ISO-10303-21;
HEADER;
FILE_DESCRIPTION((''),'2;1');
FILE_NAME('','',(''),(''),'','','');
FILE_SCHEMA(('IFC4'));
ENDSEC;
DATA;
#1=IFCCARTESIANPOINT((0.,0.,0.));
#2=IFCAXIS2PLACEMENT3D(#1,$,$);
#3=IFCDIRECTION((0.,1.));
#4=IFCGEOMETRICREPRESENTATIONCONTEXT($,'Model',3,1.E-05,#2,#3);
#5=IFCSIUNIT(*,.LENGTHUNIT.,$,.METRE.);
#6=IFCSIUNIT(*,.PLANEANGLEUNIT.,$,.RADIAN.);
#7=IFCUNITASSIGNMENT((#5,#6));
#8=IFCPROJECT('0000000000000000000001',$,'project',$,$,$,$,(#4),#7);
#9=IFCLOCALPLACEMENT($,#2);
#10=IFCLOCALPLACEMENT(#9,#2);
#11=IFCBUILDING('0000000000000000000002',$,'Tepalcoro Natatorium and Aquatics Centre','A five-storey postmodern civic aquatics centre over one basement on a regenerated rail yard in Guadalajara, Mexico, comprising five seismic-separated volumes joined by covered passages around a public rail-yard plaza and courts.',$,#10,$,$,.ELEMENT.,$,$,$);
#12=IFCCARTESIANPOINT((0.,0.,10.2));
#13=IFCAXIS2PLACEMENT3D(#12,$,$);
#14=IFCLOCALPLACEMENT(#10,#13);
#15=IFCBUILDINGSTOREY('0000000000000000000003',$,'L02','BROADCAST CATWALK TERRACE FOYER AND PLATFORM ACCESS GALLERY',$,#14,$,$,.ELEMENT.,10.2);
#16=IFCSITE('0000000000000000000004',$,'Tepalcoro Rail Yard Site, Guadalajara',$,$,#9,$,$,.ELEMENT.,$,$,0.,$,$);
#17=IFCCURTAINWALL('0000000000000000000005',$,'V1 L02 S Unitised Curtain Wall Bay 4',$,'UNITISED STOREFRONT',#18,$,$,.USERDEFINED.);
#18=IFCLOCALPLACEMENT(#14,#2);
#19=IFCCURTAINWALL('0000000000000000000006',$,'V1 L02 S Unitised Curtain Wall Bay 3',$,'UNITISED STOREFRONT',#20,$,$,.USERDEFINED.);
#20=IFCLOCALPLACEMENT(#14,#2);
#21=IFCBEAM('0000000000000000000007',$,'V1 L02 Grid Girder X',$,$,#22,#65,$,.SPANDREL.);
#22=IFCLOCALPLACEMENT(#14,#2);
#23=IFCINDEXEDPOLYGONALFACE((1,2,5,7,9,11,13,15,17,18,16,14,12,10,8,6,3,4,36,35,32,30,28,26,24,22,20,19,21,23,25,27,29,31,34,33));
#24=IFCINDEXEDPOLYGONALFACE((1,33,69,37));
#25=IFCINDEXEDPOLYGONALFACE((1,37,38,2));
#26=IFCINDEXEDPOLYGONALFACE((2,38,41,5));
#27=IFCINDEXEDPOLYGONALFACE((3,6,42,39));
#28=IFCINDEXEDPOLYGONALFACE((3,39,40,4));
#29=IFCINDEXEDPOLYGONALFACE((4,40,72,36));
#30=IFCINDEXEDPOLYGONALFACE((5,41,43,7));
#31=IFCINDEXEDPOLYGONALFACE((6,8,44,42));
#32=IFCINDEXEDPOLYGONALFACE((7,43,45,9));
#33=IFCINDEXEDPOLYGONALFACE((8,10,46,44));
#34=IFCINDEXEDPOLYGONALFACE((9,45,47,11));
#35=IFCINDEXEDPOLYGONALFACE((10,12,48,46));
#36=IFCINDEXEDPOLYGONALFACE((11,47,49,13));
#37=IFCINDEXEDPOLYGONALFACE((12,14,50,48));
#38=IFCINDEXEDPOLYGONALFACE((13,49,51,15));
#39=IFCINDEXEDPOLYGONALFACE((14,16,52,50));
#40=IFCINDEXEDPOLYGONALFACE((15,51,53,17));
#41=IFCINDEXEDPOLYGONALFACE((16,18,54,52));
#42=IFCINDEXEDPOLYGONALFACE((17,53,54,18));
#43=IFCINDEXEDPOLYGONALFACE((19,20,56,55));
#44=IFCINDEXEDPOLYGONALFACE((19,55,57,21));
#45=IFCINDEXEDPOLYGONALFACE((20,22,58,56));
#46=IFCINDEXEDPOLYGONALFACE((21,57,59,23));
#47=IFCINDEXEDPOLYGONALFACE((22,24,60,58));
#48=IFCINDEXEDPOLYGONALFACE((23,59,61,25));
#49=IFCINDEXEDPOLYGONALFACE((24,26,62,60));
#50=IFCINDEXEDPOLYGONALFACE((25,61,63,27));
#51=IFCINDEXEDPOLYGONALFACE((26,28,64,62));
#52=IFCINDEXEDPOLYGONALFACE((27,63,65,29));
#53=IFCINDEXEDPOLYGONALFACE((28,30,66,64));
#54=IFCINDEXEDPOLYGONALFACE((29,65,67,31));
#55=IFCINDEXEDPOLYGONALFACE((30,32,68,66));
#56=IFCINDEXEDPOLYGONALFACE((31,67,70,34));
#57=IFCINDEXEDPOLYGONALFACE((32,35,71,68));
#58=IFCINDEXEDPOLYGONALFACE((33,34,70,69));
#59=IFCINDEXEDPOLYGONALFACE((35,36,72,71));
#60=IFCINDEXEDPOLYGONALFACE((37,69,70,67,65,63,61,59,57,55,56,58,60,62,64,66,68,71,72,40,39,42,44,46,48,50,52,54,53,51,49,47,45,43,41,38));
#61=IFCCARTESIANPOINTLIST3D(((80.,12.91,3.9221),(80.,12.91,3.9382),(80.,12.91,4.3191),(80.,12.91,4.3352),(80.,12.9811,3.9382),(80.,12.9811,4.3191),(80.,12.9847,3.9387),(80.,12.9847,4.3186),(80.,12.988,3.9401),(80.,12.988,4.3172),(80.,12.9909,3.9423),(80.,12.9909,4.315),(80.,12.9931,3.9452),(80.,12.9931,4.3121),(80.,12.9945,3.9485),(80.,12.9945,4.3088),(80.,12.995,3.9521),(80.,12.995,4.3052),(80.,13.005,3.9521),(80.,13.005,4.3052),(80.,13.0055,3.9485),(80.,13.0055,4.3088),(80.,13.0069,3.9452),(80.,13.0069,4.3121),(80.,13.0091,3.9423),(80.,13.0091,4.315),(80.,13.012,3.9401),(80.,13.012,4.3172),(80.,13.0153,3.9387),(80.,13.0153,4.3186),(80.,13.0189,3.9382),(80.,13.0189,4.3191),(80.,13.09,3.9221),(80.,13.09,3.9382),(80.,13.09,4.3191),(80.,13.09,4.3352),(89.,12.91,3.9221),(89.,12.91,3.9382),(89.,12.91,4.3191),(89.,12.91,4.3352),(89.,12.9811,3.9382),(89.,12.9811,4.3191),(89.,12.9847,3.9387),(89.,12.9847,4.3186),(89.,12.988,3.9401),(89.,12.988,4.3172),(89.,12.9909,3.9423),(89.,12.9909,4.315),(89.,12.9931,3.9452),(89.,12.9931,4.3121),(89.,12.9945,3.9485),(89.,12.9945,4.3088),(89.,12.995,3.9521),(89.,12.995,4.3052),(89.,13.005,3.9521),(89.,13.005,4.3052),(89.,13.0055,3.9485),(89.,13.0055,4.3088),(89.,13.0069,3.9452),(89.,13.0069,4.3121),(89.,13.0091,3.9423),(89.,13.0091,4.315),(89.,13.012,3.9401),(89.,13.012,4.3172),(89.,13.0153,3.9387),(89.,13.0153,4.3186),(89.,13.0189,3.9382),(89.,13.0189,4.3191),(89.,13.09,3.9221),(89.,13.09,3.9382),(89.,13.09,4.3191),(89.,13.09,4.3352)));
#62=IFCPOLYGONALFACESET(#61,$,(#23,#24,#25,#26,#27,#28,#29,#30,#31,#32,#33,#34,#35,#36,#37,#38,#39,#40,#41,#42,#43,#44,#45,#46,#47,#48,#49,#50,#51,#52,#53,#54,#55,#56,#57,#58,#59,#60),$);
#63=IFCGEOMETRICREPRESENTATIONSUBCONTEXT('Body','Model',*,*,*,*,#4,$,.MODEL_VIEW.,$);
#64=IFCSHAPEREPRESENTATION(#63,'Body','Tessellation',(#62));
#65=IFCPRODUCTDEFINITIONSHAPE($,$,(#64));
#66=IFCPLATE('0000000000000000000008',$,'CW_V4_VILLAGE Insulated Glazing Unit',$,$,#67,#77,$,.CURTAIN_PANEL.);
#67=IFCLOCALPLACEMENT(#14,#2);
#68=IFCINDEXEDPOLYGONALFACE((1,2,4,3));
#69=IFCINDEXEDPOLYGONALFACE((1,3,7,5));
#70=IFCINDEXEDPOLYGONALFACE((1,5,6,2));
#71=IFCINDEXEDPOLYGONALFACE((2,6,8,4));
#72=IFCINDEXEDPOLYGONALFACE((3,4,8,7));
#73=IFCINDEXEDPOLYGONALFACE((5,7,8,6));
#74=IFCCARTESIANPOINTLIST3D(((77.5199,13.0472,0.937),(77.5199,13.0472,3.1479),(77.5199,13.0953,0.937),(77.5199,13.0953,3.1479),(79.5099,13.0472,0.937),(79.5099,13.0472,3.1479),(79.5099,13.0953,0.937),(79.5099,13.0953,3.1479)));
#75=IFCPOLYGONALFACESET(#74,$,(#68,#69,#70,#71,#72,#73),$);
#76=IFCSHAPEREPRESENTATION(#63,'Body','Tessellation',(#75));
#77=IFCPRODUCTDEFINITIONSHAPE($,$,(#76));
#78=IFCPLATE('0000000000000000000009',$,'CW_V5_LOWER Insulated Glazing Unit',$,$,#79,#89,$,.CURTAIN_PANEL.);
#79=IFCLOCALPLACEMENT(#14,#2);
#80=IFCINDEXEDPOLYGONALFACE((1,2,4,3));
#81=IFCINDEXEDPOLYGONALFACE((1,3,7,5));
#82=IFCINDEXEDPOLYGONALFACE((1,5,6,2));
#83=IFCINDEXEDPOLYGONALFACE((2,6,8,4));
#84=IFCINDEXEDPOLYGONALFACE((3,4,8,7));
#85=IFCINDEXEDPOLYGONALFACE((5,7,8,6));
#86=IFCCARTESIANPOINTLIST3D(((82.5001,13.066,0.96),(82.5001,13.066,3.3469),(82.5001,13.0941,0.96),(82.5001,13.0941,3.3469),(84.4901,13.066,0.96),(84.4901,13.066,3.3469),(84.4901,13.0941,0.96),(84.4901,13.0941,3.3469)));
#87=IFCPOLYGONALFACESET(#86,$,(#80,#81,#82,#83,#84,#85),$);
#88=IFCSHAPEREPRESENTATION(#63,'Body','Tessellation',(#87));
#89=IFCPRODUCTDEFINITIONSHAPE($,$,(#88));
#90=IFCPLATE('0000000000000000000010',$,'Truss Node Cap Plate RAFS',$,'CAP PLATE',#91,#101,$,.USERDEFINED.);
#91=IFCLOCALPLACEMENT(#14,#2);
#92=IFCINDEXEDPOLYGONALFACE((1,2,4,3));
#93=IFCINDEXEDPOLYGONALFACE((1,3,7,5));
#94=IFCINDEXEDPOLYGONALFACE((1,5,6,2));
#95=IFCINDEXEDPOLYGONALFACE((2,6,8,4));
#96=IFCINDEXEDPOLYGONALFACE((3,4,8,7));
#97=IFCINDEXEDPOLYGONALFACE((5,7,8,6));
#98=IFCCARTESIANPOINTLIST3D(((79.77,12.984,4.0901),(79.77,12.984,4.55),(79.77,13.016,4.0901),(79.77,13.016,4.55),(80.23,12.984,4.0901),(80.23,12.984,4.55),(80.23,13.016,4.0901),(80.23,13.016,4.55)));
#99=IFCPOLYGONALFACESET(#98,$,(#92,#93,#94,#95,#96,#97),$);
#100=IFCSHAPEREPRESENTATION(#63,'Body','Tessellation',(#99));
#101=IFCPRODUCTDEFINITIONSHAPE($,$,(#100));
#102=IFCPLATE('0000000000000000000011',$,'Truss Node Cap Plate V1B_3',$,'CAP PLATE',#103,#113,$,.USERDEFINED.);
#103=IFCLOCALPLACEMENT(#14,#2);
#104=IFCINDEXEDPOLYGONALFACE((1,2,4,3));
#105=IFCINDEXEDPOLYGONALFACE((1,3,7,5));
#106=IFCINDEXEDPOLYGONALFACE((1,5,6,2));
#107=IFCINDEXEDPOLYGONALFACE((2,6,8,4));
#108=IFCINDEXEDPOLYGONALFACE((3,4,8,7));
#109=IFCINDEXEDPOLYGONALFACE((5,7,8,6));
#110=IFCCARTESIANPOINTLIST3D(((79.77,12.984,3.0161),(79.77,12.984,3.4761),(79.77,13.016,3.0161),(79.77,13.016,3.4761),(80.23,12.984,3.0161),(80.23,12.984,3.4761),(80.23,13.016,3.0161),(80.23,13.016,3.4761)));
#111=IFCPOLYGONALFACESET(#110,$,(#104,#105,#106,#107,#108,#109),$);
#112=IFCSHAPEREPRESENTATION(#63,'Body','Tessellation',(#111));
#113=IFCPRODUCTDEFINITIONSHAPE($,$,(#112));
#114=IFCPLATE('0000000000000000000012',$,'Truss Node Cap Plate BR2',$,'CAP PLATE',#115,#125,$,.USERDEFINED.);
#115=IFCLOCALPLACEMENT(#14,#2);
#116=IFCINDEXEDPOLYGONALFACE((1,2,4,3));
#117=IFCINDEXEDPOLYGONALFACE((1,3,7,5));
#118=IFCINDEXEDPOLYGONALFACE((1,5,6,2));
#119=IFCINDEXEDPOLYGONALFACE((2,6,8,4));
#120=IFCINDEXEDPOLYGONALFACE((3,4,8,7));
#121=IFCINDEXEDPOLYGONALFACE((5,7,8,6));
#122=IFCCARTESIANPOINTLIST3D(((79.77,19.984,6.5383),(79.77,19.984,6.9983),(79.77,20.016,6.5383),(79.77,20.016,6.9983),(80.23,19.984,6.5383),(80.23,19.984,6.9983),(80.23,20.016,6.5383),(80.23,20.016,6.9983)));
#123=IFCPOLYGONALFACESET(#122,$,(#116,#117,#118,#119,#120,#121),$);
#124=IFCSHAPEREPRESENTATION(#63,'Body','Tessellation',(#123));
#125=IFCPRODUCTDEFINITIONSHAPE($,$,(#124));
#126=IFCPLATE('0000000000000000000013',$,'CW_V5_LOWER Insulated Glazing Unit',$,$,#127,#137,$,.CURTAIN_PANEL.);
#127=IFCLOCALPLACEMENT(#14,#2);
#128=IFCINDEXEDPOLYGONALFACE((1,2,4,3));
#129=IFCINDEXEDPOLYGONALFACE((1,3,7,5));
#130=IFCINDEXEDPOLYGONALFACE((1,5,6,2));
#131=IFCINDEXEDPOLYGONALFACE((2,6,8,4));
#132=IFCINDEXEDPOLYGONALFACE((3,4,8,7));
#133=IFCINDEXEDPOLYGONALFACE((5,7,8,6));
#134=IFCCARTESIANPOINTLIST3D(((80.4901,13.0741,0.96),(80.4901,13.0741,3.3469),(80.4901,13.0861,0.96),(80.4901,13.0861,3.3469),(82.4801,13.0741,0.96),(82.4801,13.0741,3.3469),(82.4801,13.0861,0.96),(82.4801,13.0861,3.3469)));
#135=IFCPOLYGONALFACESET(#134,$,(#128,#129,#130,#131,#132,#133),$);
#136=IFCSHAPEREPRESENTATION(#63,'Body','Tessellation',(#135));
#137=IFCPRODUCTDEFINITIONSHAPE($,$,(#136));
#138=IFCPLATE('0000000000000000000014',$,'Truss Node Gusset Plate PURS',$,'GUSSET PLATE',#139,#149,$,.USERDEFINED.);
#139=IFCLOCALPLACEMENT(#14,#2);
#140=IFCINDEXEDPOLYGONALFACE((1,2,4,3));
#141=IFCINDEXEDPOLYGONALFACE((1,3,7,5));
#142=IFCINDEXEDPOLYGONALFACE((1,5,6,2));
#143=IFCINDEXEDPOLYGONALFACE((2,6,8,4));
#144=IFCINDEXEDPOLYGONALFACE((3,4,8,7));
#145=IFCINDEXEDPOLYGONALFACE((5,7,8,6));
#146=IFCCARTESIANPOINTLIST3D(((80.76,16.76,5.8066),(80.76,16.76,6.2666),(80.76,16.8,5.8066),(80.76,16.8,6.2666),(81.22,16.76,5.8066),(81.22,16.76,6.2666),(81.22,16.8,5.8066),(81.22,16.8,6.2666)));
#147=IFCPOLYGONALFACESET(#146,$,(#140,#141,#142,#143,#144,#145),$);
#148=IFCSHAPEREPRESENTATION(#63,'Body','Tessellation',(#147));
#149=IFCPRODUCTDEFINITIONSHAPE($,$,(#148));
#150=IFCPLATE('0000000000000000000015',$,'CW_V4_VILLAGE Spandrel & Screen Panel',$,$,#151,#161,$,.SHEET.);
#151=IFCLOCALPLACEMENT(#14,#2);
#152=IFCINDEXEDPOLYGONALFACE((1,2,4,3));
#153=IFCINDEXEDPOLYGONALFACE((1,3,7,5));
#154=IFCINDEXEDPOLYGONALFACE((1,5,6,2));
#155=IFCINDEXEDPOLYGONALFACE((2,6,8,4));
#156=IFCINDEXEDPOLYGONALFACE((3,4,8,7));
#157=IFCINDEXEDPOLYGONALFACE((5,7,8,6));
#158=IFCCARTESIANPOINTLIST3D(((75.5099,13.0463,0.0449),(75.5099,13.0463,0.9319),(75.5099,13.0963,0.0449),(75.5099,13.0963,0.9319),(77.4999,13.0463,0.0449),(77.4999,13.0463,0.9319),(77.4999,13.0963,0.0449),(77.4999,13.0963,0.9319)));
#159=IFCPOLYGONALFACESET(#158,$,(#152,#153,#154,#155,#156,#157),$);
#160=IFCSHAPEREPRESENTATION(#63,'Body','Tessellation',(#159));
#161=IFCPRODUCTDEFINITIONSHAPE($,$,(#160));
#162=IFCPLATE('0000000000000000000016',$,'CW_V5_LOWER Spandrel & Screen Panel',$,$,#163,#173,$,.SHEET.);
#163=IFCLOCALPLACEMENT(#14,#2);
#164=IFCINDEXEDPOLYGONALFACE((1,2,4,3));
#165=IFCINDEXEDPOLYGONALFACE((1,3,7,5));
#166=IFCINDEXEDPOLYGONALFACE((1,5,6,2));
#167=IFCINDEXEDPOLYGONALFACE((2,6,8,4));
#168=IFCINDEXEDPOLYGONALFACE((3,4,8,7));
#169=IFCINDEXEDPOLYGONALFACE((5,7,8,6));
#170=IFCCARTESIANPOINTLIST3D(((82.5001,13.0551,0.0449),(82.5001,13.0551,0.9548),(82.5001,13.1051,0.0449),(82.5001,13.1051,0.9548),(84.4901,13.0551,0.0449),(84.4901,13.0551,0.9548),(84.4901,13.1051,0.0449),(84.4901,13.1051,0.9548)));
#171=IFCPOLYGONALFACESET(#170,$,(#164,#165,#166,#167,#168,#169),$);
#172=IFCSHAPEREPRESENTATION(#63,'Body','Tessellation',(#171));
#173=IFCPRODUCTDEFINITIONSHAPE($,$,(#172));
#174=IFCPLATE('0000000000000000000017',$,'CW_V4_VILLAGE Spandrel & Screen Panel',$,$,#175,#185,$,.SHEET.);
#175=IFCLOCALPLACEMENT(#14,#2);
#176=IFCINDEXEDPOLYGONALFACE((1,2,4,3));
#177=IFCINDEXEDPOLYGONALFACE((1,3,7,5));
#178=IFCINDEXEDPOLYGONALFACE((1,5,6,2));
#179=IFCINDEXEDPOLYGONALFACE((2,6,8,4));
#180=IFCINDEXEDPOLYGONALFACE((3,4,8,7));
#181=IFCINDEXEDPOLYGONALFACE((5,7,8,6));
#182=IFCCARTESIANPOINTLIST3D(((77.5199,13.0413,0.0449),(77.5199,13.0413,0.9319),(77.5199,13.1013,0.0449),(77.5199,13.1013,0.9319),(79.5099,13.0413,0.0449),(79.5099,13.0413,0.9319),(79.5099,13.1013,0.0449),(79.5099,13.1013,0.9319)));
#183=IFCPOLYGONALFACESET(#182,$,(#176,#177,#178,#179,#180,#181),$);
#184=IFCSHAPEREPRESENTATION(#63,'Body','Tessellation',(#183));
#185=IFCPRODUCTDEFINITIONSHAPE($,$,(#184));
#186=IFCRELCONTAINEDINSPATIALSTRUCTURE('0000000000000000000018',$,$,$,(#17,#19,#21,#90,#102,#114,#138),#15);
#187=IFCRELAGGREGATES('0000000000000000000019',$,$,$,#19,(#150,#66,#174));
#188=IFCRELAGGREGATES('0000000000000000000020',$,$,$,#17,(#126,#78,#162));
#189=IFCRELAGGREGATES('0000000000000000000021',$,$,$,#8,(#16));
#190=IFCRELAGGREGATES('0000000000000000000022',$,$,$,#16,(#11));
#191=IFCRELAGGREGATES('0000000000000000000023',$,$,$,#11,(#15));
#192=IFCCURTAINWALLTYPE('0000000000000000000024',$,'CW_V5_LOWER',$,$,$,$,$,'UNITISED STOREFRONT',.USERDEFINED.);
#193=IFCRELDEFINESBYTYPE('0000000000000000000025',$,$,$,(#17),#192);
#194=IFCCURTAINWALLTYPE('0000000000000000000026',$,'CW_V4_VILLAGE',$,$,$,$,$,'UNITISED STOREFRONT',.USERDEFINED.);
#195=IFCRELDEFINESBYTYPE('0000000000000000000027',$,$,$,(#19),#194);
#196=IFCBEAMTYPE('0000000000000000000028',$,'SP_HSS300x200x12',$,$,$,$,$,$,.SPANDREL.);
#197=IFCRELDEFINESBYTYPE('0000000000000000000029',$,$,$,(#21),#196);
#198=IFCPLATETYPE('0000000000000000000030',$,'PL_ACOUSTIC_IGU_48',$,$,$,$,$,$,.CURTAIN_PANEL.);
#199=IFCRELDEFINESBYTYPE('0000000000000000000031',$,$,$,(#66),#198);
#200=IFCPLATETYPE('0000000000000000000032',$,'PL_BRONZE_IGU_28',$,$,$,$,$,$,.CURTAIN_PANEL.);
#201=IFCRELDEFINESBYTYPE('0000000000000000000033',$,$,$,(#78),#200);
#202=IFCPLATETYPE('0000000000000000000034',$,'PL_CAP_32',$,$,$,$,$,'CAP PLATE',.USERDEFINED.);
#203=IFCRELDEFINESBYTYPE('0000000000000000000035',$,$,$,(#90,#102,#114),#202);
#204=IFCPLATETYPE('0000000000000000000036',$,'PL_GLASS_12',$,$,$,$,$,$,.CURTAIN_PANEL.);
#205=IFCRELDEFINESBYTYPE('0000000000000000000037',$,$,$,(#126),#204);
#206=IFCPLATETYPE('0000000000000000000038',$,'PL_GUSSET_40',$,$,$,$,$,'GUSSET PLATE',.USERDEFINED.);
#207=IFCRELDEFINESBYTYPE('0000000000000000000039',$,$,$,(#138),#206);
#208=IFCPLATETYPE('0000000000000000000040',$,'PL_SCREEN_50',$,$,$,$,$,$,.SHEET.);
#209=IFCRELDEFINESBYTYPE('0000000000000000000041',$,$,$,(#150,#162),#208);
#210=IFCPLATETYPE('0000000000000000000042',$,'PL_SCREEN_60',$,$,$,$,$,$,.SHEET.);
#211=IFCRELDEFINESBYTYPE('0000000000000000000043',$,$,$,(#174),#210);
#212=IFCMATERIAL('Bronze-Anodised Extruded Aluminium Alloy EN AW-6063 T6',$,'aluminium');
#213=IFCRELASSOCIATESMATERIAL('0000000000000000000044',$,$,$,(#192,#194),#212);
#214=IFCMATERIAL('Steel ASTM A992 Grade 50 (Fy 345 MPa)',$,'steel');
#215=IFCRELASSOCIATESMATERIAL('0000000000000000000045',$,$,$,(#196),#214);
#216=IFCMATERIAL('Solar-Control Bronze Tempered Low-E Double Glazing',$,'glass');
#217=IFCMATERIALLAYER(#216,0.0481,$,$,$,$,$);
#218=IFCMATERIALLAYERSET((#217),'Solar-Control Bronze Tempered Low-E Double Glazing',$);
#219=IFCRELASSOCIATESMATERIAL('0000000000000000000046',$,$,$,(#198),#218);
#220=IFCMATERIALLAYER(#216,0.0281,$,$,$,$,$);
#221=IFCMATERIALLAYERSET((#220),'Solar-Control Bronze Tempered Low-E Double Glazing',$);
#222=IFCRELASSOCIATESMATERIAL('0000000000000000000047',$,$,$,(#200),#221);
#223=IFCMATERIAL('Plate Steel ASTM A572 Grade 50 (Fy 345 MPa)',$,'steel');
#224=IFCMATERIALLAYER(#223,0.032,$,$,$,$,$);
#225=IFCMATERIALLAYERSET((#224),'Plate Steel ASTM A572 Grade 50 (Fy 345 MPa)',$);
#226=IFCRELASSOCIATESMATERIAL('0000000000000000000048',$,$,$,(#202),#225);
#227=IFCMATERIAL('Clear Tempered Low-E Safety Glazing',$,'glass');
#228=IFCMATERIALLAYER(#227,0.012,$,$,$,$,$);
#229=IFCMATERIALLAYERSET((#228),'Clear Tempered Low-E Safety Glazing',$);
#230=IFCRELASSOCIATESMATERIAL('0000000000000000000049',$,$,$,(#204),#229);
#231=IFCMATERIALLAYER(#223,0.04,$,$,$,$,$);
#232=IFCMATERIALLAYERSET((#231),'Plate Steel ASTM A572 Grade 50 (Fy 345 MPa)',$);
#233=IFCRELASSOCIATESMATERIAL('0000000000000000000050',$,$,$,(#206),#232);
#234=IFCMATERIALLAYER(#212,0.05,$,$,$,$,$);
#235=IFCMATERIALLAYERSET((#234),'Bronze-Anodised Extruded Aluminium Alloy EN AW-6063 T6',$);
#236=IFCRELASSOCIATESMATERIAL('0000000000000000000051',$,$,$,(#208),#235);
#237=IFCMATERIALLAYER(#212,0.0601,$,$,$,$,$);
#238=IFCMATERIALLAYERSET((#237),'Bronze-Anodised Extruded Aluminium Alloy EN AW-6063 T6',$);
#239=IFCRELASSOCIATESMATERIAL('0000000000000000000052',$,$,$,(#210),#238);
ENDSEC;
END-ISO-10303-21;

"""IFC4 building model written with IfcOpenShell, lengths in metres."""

from ifc_helpers import new_model, si_unit, direction, frame, origin, origin_2d, place, context, subcontext, project, spatial, rectangle, i_section, extrude, material, layer, layer_set, material_profile, profile_set, type_object, element, aggregate, save


model = new_model("IFC4")

# Units and contexts
model_context = context("Model", 3, precision=1e-05, world=origin(), true_north=direction((0.0, 1.0)))
body_context = subcontext(model_context, "Body", "Model", "MODEL_VIEW")
ifc_project = project(units=[si_unit("LENGTHUNIT", "METRE"), si_unit("PLANEANGLEUNIT", "RADIAN")], contexts=[model_context])

# Site, building, storey
site_placement = place(None, origin())
site = spatial("IfcSite", under=ifc_project, at=site_placement, Name="Tepalcoro Rail Yard Site, Guadalajara", CompositionType="ELEMENT", RefElevation=0.0)
building_placement = place(site_placement, origin())
building = spatial("IfcBuilding", under=site, at=building_placement, Name="Tepalcoro Natatorium and Aquatics Centre", Description="A five-storey postmodern civic aquatics centre over one basement on a regenerated rail yard in Guadalajara, Mexico, comprising five seismic-separated volumes joined by covered passages around a public rail-yard plaza and courts.", CompositionType="ELEMENT")
storey_placement = place(building_placement, frame((0.0, 0.0, 10.2)))
storey = spatial("IfcBuildingStorey", under=building, at=storey_placement, Name="L02", Description="BROADCAST CATWALK TERRACE FOYER AND PLATFORM ACCESS GALLERY", CompositionType="ELEMENT", Elevation=10.2)

# Shared definitions
ifc_material_1 = material(Name="Steel ASTM A992 Grade 50 (Fy 345 MPa)", Category="steel")

# Curtain walls
ifc_material_2 = material(Name="Bronze-Anodised Extruded Aluminium Alloy EN AW-6063 T6", Category="aluminium")
curtain_wall_type_1 = type_object("IfcCurtainWallType", Name="CW_V5_LOWER", ElementType="UNITISED STOREFRONT", PredefinedType="USERDEFINED", material=ifc_material_2)
curtain_wall_1_placement = place(storey_placement, origin())
curtain_wall_1 = element("IfcCurtainWall", 1, at=curtain_wall_1_placement, inside=storey, type_object=curtain_wall_type_1, Name="V1 L02 S Unitised Curtain Wall Bay 4", ObjectType="UNITISED STOREFRONT", PredefinedType="USERDEFINED")
curtain_wall_type_2 = type_object("IfcCurtainWallType", Name="CW_V4_VILLAGE", ElementType="UNITISED STOREFRONT", PredefinedType="USERDEFINED", material=ifc_material_2)
curtain_wall_2_placement = place(storey_placement, origin())
curtain_wall_2 = element("IfcCurtainWall", 2, at=curtain_wall_2_placement, inside=storey, type_object=curtain_wall_type_2, Name="V1 L02 S Unitised Curtain Wall Bay 3", ObjectType="UNITISED STOREFRONT", PredefinedType="USERDEFINED")

# Beam
ifc_material_profile_1 = material_profile(ifc_material_1, i_section(OverallWidth=0.1799, OverallDepth=0.4131, WebThickness=0.01, FlangeThickness=0.0161, FilletRadius=0.0139, at=origin_2d()), Name="W16X50")
ifc_profile_set_1 = profile_set([ifc_material_profile_1], Name="Steel ASTM A992 Grade 50 (Fy 345 MPa)")
beam_type_1 = type_object("IfcBeamType", Name="SP_HSS300x200x12", PredefinedType="SPANDREL", material=ifc_profile_set_1)
beam_placement = place(storey_placement, frame((80.0, 13.0, 4.1287), z_axis=(1.0, 0.0, 0.0), x_axis=(0.0, 1.0, 0.0)))
element("IfcBeam", 3, at=beam_placement, inside=storey, type_object=beam_type_1, Name="V1 L02 Grid Girder X", PredefinedType="SPANDREL", context=body_context, shape_type="SweptSolid", body=[
    extrude(i_section(OverallWidth=0.1799, OverallDepth=0.4131, WebThickness=0.01, FlangeThickness=0.0161, FilletRadius=0.0139, at=origin_2d()), origin(), (0.0, 0.0, 1.0), 9.0),
])

# Plates
ifc_material_3 = material(Name="Solar-Control Bronze Tempered Low-E Double Glazing", Category="glass")
ifc_layer_1 = layer(ifc_material_3, 0.0481)
ifc_layer_set_1 = layer_set([ifc_layer_1], Name="Solar-Control Bronze Tempered Low-E Double Glazing")
plate_type_1 = type_object("IfcPlateType", Name="PL_ACOUSTIC_IGU_48", PredefinedType="CURTAIN_PANEL", material=ifc_layer_set_1)
plate_1_placement = place(storey_placement, frame((78.5149, 13.0713, 0.937), z_axis=(0.0, 0.0, 1.0), x_axis=(1.0, 0.0, 0.0)))
plate_1 = element("IfcPlate", 4, at=plate_1_placement, type_object=plate_type_1, Name="CW_V4_VILLAGE Insulated Glazing Unit", PredefinedType="CURTAIN_PANEL", context=body_context, shape_type="SweptSolid", body=[
    extrude(rectangle(XDim=1.99, YDim=0.0481, at=origin_2d()), origin(), (0.0, 0.0, 1.0), 2.2109),
])
ifc_layer_2 = layer(ifc_material_3, 0.0281)
ifc_layer_set_2 = layer_set([ifc_layer_2], Name="Solar-Control Bronze Tempered Low-E Double Glazing")
plate_type_2 = type_object("IfcPlateType", Name="PL_BRONZE_IGU_28", PredefinedType="CURTAIN_PANEL", material=ifc_layer_set_2)
plate_2_placement = place(storey_placement, frame((83.4951, 13.0801, 0.96), z_axis=(0.0, 0.0, 1.0), x_axis=(1.0, 0.0, 0.0)))
plate_2 = element("IfcPlate", 5, at=plate_2_placement, type_object=plate_type_2, Name="CW_V5_LOWER Insulated Glazing Unit", PredefinedType="CURTAIN_PANEL", context=body_context, shape_type="SweptSolid", body=[
    extrude(rectangle(XDim=1.99, YDim=0.0281, at=origin_2d()), origin(), (0.0, 0.0, 1.0), 2.387),
])

# Plates
ifc_material_4 = material(Name="Plate Steel ASTM A572 Grade 50 (Fy 345 MPa)", Category="steel")
ifc_layer_3 = layer(ifc_material_4, 0.032)
ifc_layer_set_3 = layer_set([ifc_layer_3], Name="Plate Steel ASTM A572 Grade 50 (Fy 345 MPa)")
plate_type_3 = type_object("IfcPlateType", Name="PL_CAP_32", ElementType="CAP PLATE", PredefinedType="USERDEFINED", material=ifc_layer_set_3)
for number, where, z_axis, x_axis, name in (
    (6, (80.0, 13.0, 4.0901), (0.0, 0.0, 1.0), (1.0, 0.0, 0.0), "Truss Node Cap Plate RAFS"),
    (7, (80.0, 13.0, 3.0161), (0.0, 0.0, 1.0), (1.0, 0.0, 0.0), "Truss Node Cap Plate V1B_3"),
    (8, (80.0, 20.0, 6.5383), (0.0, 0.0, 1.0), (1.0, 0.0, 0.0), "Truss Node Cap Plate BR2"),
):
    element("IfcPlate", number, at=place(storey_placement, frame(where, z_axis=z_axis, x_axis=x_axis)), inside=storey, type_object=plate_type_3, Name=name, ObjectType="CAP PLATE", PredefinedType="USERDEFINED", context=body_context, shape_type="SweptSolid", body=[
        extrude(rectangle(XDim=0.46, YDim=0.032, at=origin_2d()), origin(), (0.0, 0.0, 1.0), 0.46),
    ])

# Plates
ifc_material_5 = material(Name="Clear Tempered Low-E Safety Glazing", Category="glass")
ifc_layer_4 = layer(ifc_material_5, 0.012)
ifc_layer_set_4 = layer_set([ifc_layer_4], Name="Clear Tempered Low-E Safety Glazing")
plate_type_4 = type_object("IfcPlateType", Name="PL_GLASS_12", PredefinedType="CURTAIN_PANEL", material=ifc_layer_set_4)
plate_3_placement = place(storey_placement, frame((81.4851, 13.0801, 0.96), z_axis=(0.0, 0.0, 1.0), x_axis=(1.0, 0.0, 0.0)))
plate_3 = element("IfcPlate", 9, at=plate_3_placement, type_object=plate_type_4, Name="CW_V5_LOWER Insulated Glazing Unit", PredefinedType="CURTAIN_PANEL", context=body_context, shape_type="SweptSolid", body=[
    extrude(rectangle(XDim=1.99, YDim=0.012, at=origin_2d()), origin(), (0.0, 0.0, 1.0), 2.387),
])
ifc_layer_5 = layer(ifc_material_4, 0.04)
ifc_layer_set_5 = layer_set([ifc_layer_5], Name="Plate Steel ASTM A572 Grade 50 (Fy 345 MPa)")
plate_type_5 = type_object("IfcPlateType", Name="PL_GUSSET_40", ElementType="GUSSET PLATE", PredefinedType="USERDEFINED", material=ifc_layer_set_5)
plate_4_placement = place(storey_placement, frame((80.99, 16.78, 5.8066), z_axis=(0.0, 0.0, 1.0), x_axis=(1.0, 0.0, 0.0)))
element("IfcPlate", 10, at=plate_4_placement, inside=storey, type_object=plate_type_5, Name="Truss Node Gusset Plate PURS", ObjectType="GUSSET PLATE", PredefinedType="USERDEFINED", context=body_context, shape_type="SweptSolid", body=[
    extrude(rectangle(XDim=0.46, YDim=0.04, at=origin_2d()), origin(), (0.0, 0.0, 1.0), 0.46),
])
ifc_layer_6 = layer(ifc_material_2, 0.05)
ifc_layer_set_6 = layer_set([ifc_layer_6], Name="Bronze-Anodised Extruded Aluminium Alloy EN AW-6063 T6")
plate_type_6 = type_object("IfcPlateType", Name="PL_SCREEN_50", PredefinedType="SHEET", material=ifc_layer_set_6)
plate_5_placement = place(storey_placement, frame((76.5049, 13.0713, 0.0449), z_axis=(0.0, 0.0, 1.0), x_axis=(1.0, 0.0, 0.0)))
plate_5 = element("IfcPlate", 11, at=plate_5_placement, type_object=plate_type_6, Name="CW_V4_VILLAGE Spandrel & Screen Panel", PredefinedType="SHEET", context=body_context, shape_type="SweptSolid", body=[
    extrude(rectangle(XDim=1.99, YDim=0.05, at=origin_2d()), origin(), (0.0, 0.0, 1.0), 0.887),
])
plate_6_placement = place(storey_placement, frame((83.4951, 13.0801, 0.0449), z_axis=(0.0, 0.0, 1.0), x_axis=(1.0, 0.0, 0.0)))
plate_6 = element("IfcPlate", 12, at=plate_6_placement, type_object=plate_type_6, Name="CW_V5_LOWER Spandrel & Screen Panel", PredefinedType="SHEET", context=body_context, shape_type="SweptSolid", body=[
    extrude(rectangle(XDim=1.99, YDim=0.05, at=origin_2d()), origin(), (0.0, 0.0, 1.0), 0.9099),
])
ifc_layer_7 = layer(ifc_material_2, 0.0601)
ifc_layer_set_7 = layer_set([ifc_layer_7], Name="Bronze-Anodised Extruded Aluminium Alloy EN AW-6063 T6")
plate_type_7 = type_object("IfcPlateType", Name="PL_SCREEN_60", PredefinedType="SHEET", material=ifc_layer_set_7)
plate_7_placement = place(storey_placement, frame((78.5149, 13.0713, 0.0449), z_axis=(0.0, 0.0, 1.0), x_axis=(1.0, 0.0, 0.0)))
plate_7 = element("IfcPlate", 13, at=plate_7_placement, type_object=plate_type_7, Name="CW_V4_VILLAGE Spandrel & Screen Panel", PredefinedType="SHEET", context=body_context, shape_type="SweptSolid", body=[
    extrude(rectangle(XDim=1.99, YDim=0.0601, at=origin_2d()), origin(), (0.0, 0.0, 1.0), 0.887),
])
aggregate(curtain_wall_2, [plate_5, plate_1, plate_7])
aggregate(curtain_wall_1, [plate_3, plate_2, plate_6])

save(model, "model.ifc")
